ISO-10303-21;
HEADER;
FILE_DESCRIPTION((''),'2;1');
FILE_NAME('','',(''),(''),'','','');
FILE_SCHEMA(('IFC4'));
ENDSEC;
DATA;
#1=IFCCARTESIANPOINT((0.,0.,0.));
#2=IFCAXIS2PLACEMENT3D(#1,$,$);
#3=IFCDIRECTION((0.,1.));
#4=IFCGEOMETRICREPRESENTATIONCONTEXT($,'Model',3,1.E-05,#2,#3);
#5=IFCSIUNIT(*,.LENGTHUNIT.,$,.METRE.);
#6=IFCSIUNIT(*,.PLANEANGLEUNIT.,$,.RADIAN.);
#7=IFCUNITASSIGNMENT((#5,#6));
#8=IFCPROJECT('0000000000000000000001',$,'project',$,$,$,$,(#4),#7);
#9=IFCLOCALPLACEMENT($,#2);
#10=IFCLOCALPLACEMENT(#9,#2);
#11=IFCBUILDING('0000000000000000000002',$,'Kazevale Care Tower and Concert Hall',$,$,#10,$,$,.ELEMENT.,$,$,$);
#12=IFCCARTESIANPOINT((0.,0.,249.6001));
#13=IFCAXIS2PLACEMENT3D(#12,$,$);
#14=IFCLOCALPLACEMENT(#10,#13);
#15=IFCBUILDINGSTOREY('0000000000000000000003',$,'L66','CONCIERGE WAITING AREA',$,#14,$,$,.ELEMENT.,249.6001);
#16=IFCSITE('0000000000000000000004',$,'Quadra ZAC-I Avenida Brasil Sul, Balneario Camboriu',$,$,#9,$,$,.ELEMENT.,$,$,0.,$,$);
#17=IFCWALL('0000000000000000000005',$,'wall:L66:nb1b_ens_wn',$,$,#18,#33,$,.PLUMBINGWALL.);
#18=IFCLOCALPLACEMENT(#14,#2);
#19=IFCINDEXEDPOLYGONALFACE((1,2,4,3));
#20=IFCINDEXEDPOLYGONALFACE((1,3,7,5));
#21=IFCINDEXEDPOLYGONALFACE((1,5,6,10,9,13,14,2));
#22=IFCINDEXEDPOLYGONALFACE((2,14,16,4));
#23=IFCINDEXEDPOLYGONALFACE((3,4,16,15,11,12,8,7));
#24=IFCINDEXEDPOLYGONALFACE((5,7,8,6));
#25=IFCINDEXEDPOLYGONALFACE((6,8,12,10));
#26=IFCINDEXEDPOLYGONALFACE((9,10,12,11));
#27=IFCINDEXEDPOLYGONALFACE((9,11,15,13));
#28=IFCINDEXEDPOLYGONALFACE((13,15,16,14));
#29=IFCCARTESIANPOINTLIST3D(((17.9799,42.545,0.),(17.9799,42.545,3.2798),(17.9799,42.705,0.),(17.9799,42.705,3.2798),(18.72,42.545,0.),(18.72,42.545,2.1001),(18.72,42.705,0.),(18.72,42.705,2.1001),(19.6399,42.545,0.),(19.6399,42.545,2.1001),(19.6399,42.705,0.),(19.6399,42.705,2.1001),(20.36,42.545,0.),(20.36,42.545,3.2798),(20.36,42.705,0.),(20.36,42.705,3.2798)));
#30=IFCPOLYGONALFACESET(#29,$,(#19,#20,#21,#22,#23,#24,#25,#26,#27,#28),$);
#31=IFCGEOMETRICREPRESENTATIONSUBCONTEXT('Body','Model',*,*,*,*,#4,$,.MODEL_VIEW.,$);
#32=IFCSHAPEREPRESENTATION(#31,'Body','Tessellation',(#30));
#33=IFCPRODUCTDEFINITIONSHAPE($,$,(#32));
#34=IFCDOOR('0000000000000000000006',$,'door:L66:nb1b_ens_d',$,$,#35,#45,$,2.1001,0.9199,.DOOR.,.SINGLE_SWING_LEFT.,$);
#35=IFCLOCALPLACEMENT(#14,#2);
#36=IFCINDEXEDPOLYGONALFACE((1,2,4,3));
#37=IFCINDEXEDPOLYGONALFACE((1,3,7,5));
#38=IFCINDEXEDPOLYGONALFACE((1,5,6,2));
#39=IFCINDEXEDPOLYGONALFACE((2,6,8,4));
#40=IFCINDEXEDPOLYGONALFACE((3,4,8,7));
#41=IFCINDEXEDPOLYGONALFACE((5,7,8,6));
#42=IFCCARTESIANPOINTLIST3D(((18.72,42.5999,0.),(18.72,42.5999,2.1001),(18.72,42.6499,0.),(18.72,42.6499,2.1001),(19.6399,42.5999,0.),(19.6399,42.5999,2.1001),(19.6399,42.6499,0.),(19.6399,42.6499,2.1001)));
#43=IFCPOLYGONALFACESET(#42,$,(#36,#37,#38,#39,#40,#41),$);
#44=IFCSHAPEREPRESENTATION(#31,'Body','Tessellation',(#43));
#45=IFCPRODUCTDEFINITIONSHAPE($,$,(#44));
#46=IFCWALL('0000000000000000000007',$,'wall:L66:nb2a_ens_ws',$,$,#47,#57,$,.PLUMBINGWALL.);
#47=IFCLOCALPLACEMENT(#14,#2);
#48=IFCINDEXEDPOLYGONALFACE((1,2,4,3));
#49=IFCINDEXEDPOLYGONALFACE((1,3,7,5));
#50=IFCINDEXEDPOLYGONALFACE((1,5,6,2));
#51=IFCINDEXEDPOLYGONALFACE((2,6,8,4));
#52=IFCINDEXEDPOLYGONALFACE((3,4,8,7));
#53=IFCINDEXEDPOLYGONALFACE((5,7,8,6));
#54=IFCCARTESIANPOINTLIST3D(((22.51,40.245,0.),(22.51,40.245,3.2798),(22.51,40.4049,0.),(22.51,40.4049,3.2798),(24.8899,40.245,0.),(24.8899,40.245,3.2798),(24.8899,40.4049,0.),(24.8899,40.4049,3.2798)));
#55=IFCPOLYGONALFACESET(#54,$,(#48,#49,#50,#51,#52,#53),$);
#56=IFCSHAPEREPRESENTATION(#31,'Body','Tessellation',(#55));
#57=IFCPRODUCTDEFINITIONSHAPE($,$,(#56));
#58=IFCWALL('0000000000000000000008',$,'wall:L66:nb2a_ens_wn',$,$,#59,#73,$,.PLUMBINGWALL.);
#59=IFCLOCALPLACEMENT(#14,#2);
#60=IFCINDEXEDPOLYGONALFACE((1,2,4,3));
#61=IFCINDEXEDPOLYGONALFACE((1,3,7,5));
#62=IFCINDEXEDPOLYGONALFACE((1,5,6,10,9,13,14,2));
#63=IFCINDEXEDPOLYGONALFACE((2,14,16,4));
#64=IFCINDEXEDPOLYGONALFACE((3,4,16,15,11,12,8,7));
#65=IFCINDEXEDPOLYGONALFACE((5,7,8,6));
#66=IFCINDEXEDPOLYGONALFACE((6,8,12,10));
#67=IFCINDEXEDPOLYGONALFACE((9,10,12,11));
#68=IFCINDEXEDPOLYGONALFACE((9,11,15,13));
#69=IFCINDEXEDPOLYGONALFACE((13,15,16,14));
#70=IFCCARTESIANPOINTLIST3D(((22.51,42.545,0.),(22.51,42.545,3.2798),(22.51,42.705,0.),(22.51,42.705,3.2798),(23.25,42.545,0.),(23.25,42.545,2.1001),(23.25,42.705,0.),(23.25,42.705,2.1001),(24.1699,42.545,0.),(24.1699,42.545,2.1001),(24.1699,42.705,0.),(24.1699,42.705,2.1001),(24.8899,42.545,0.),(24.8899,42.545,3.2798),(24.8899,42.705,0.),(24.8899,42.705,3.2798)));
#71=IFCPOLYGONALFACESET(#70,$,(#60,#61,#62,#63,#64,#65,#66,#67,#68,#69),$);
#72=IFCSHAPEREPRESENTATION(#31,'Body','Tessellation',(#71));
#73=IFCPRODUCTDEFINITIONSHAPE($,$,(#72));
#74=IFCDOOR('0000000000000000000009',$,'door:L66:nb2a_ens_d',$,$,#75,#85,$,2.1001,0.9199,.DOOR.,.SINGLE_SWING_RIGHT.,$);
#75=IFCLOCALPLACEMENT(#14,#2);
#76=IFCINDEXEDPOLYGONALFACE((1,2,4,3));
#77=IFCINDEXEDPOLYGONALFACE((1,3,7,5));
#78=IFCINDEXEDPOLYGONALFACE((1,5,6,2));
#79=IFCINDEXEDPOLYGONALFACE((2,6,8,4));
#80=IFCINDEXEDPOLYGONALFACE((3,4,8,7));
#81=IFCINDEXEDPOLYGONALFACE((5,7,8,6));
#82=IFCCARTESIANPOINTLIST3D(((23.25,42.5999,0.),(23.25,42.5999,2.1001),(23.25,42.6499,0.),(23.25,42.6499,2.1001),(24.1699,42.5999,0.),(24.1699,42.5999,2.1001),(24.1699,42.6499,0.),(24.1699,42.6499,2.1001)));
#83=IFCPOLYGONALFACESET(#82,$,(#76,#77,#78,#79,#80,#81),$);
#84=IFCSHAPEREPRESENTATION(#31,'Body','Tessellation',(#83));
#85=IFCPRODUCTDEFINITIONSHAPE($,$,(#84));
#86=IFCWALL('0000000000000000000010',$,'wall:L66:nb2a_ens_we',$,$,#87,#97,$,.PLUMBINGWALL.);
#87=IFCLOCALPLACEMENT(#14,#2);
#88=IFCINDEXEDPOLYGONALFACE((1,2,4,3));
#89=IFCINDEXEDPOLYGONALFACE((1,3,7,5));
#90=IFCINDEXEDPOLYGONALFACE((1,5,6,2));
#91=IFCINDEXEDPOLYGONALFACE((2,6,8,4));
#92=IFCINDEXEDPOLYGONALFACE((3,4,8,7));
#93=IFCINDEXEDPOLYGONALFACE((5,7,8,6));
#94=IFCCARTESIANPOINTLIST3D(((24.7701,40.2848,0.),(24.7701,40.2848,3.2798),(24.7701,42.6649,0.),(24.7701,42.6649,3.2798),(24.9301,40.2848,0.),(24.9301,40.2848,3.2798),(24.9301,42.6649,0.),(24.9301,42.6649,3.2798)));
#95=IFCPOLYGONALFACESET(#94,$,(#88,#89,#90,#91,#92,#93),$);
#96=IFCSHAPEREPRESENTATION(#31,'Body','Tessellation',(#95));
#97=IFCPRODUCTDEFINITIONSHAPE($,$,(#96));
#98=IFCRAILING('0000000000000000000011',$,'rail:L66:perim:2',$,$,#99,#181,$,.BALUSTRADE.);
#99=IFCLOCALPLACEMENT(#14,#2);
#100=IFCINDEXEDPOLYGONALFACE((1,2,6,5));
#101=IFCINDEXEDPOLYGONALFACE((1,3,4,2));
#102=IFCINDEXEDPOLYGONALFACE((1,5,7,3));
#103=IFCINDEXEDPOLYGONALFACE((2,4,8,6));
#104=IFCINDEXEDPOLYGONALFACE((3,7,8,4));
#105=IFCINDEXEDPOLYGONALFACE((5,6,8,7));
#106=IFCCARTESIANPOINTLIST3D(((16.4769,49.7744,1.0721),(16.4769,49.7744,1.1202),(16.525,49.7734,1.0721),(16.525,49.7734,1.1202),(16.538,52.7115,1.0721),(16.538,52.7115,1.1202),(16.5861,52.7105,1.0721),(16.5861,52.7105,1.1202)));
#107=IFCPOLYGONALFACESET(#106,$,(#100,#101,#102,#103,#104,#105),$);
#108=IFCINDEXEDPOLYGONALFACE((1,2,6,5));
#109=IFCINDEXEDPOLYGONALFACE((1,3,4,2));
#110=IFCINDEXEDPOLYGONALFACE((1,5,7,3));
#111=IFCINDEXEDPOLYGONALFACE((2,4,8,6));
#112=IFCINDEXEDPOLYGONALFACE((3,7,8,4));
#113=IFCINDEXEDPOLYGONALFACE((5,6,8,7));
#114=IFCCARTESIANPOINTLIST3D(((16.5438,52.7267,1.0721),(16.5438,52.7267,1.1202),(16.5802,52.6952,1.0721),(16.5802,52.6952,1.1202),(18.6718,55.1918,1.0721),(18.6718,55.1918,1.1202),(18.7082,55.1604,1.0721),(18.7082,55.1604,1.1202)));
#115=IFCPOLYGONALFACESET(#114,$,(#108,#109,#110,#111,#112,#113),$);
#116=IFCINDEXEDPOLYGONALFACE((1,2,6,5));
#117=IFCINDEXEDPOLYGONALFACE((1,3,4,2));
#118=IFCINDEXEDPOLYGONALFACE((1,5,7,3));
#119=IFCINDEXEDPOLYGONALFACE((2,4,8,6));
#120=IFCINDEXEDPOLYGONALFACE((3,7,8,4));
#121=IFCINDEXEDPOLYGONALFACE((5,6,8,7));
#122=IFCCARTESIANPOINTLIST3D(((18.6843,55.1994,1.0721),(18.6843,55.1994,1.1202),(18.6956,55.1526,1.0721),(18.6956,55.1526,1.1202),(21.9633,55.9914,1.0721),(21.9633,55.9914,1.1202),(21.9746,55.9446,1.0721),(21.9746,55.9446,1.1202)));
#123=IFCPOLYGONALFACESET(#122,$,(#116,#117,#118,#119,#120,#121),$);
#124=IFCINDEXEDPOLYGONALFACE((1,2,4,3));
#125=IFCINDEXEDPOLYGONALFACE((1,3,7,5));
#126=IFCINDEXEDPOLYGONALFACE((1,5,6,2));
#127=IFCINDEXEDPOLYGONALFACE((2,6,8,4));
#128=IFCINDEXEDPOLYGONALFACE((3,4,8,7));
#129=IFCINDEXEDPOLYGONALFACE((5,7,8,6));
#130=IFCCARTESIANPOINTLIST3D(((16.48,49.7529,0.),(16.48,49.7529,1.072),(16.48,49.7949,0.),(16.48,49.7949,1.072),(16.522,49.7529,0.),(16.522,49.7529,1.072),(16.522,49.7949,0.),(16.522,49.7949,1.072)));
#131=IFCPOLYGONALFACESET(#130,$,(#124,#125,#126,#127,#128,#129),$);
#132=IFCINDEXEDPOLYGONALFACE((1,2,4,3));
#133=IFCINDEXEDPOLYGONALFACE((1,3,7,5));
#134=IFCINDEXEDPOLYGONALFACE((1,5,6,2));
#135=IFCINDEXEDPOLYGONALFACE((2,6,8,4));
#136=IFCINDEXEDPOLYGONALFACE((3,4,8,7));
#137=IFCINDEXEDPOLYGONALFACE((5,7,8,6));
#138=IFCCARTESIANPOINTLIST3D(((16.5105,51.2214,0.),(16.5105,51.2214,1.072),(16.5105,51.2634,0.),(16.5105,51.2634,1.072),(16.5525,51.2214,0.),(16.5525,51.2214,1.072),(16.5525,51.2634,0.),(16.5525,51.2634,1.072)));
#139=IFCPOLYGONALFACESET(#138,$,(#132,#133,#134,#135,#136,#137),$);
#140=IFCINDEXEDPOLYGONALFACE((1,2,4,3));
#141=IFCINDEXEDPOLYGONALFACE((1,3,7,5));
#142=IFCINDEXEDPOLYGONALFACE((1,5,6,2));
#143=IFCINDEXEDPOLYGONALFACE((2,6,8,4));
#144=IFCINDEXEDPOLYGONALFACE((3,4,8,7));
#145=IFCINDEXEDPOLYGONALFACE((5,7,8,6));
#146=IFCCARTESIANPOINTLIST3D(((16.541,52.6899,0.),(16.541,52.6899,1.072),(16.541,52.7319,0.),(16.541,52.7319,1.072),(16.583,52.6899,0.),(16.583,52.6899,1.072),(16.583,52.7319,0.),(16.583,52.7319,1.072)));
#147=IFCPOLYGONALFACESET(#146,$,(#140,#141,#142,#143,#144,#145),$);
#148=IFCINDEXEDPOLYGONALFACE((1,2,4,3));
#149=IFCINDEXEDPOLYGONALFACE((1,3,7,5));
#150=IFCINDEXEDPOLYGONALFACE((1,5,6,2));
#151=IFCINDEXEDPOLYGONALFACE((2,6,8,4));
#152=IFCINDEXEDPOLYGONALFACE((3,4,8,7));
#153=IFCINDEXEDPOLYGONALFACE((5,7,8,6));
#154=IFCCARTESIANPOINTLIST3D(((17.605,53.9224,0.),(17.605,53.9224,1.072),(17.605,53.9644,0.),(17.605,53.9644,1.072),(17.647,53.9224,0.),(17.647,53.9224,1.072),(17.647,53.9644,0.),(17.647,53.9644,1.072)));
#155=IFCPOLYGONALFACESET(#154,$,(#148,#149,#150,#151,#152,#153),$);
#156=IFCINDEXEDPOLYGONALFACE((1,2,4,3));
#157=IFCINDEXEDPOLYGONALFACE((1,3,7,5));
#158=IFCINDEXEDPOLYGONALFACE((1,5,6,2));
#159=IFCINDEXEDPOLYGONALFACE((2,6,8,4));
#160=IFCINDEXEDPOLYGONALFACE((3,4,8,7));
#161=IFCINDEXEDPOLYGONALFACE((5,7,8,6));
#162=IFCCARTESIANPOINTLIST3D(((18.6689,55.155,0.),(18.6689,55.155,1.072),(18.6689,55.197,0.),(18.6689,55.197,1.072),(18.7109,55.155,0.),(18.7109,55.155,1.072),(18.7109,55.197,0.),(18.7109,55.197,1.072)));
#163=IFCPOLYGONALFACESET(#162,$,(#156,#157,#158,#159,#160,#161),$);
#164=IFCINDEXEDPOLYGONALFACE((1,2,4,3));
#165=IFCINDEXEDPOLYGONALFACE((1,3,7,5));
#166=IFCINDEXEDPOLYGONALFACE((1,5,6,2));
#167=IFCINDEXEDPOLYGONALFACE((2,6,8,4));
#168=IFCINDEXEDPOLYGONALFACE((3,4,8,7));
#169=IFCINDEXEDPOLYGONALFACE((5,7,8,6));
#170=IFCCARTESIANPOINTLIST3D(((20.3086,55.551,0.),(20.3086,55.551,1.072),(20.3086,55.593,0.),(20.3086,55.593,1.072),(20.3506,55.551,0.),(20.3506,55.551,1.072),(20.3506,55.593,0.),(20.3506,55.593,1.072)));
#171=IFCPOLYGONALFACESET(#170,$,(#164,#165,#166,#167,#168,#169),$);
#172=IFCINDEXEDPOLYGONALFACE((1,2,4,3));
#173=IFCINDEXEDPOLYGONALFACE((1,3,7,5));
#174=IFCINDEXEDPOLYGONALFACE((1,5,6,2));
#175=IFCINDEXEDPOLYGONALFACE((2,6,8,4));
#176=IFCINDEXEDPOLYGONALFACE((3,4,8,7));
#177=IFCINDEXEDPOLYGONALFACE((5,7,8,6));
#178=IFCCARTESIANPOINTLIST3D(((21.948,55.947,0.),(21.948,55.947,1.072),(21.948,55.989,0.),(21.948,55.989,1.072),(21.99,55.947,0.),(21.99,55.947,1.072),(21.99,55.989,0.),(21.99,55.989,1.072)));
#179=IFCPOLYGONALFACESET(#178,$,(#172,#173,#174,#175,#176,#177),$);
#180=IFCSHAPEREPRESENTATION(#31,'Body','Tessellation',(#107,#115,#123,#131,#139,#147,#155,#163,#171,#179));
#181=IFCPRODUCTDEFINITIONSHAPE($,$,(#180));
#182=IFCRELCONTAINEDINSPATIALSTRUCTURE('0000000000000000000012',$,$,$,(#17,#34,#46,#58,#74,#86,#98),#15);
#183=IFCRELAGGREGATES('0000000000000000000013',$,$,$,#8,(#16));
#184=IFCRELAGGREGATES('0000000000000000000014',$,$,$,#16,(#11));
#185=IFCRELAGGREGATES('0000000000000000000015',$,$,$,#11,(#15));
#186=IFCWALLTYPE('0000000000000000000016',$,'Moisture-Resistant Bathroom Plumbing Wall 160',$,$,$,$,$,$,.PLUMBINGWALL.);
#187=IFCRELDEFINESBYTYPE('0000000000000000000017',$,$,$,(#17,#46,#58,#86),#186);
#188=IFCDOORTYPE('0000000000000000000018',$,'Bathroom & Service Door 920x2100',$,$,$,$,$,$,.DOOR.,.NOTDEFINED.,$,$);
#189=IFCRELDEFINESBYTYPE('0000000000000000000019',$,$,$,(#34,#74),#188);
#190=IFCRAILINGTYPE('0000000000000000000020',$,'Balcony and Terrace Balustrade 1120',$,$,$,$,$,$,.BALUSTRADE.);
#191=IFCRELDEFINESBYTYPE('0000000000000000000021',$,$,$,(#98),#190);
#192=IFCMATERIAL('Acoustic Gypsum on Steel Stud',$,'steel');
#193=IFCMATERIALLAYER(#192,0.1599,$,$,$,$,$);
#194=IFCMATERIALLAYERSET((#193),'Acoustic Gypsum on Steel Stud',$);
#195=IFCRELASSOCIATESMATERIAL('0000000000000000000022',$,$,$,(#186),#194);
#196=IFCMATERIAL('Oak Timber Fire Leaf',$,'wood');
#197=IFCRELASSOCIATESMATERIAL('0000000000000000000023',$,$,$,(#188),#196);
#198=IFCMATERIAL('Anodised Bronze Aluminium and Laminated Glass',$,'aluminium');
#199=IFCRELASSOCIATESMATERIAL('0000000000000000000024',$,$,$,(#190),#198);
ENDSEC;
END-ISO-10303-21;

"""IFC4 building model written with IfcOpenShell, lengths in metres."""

from ifc_helpers import new_model, si_unit, direction, frame, frame_2d, origin, origin_2d, place, context, subcontext, project, spatial, rectangle, extrude, material, layer, layer_set, type_object, element, fill, save


model = new_model("IFC4")

# Units and contexts
model_context = context("Model", 3, precision=1e-05, world=origin(), true_north=direction((0.0, 1.0)))
body_context = subcontext(model_context, "Body", "Model", "MODEL_VIEW")
ifc_project = project(units=[si_unit("LENGTHUNIT", "METRE"), si_unit("PLANEANGLEUNIT", "RADIAN")], contexts=[model_context])

# Site, building, storey
site_placement = place(None, origin())
site = spatial("IfcSite", under=ifc_project, at=site_placement, Name="Quadra ZAC-I Avenida Brasil Sul, Balneario Camboriu", CompositionType="ELEMENT", RefElevation=0.0)
building_placement = place(site_placement, origin())
building = spatial("IfcBuilding", under=site, at=building_placement, Name="Kazevale Care Tower and Concert Hall", CompositionType="ELEMENT")
storey_placement = place(building_placement, frame((0.0, 0.0, 249.6001)))
storey = spatial("IfcBuildingStorey", under=building, at=storey_placement, Name="L66", Description="CONCIERGE WAITING AREA", CompositionType="ELEMENT", Elevation=249.6001)

# Shared definitions
ifc_material_1 = material(Name="Acoustic Gypsum on Steel Stud", Category="steel")
ifc_layer_1 = layer(ifc_material_1, 0.1599)
ifc_layer_set_1 = layer_set([ifc_layer_1], Name="Acoustic Gypsum on Steel Stud")
wall_type_1 = type_object("IfcWallType", Name="Moisture-Resistant Bathroom Plumbing Wall 160", PredefinedType="PLUMBINGWALL", material=ifc_layer_set_1)

# Wall, opening, door
wall_1_placement = place(storey_placement, frame((17.98, 42.625, 0.0), z_axis=(0.0, 0.0, 1.0), x_axis=(1.0, 0.0, 0.0)))
wall_1 = element("IfcWall", 1, at=wall_1_placement, inside=storey, type_object=wall_type_1, Name="wall:L66:nb1b_ens_wn", PredefinedType="PLUMBINGWALL", context=body_context, shape_type="SweptSolid", body=[
    extrude(rectangle(XDim=2.3801, YDim=0.1599, at=frame_2d((1.1899, 0.0))), origin(), (0.0, 0.0, 1.0), 3.2798),
])
opening_1_placement = place(wall_1_placement, frame((0.74, 0.0, 0.0)))
opening_1 = element("IfcOpeningElement", 2, at=opening_1_placement, cuts=wall_1, PredefinedType="OPENING", context=body_context, shape_type="SweptSolid", body=[
    extrude(rectangle(XDim=0.9199, YDim=2.1001, at=frame_2d((0.46, 1.05))), frame((0.0, 0.0898, 0.0), z_axis=(0.0, -1.0, 0.0), x_axis=(1.0, 0.0, 0.0)), (0.0, 0.0, 1.0), 0.1799),
])
ifc_material_2 = material(Name="Oak Timber Fire Leaf", Category="wood")
door_type = type_object("IfcDoorType", Name="Bathroom & Service Door 920x2100", OperationType="NOTDEFINED", PredefinedType="DOOR", material=ifc_material_2)
door_1_placement = place(opening_1_placement, origin())
door_1 = element("IfcDoor", 3, at=door_1_placement, inside=storey, type_object=door_type, Name="door:L66:nb1b_ens_d", OperationType="SINGLE_SWING_LEFT", OverallHeight=2.1001, OverallWidth=0.9199, PredefinedType="DOOR", context=body_context, shape_type="SweptSolid", body=[
    extrude(rectangle(XDim=0.9199, YDim=2.1001, at=frame_2d((0.46, 1.05))), frame((0.0, 0.0249, 0.0), z_axis=(0.0, -1.0, 0.0), x_axis=(1.0, 0.0, 0.0)), (0.0, 0.0, 1.0), 0.05),
])
fill(opening_1, door_1)

# Wall
wall_2_placement = place(storey_placement, frame((22.51, 40.325, 0.0), z_axis=(0.0, 0.0, 1.0), x_axis=(1.0, 0.0, 0.0)))
element("IfcWall", 4, at=wall_2_placement, inside=storey, type_object=wall_type_1, Name="wall:L66:nb2a_ens_ws", PredefinedType="PLUMBINGWALL", context=body_context, shape_type="SweptSolid", body=[
    extrude(rectangle(XDim=2.3799, YDim=0.1599, at=frame_2d((1.1899, 0.0))), origin(), (0.0, 0.0, 1.0), 3.2798),
])

# Wall, opening, door
wall_3_placement = place(storey_placement, frame((22.51, 42.625, 0.0), z_axis=(0.0, 0.0, 1.0), x_axis=(1.0, 0.0, 0.0)))
wall_3 = element("IfcWall", 5, at=wall_3_placement, inside=storey, type_object=wall_type_1, Name="wall:L66:nb2a_ens_wn", PredefinedType="PLUMBINGWALL", context=body_context, shape_type="SweptSolid", body=[
    extrude(rectangle(XDim=2.3799, YDim=0.1599, at=frame_2d((1.1899, 0.0))), origin(), (0.0, 0.0, 1.0), 3.2798),
])
opening_2_placement = place(wall_3_placement, frame((0.74, 0.0, 0.0)))
opening_2 = element("IfcOpeningElement", 6, at=opening_2_placement, cuts=wall_3, PredefinedType="OPENING", context=body_context, shape_type="SweptSolid", body=[
    extrude(rectangle(XDim=0.9199, YDim=2.1001, at=frame_2d((0.46, 1.05))), frame((0.0, 0.0898, 0.0), z_axis=(0.0, -1.0, 0.0), x_axis=(1.0, 0.0, 0.0)), (0.0, 0.0, 1.0), 0.1799),
])
door_2_placement = place(opening_2_placement, origin())
door_2 = element("IfcDoor", 7, at=door_2_placement, inside=storey, type_object=door_type, Name="door:L66:nb2a_ens_d", OperationType="SINGLE_SWING_RIGHT", OverallHeight=2.1001, OverallWidth=0.9199, PredefinedType="DOOR", context=body_context, shape_type="SweptSolid", body=[
    extrude(rectangle(XDim=0.9199, YDim=2.1001, at=frame_2d((0.46, 1.05))), frame((0.0, 0.0249, 0.0), z_axis=(0.0, -1.0, 0.0), x_axis=(1.0, 0.0, 0.0)), (0.0, 0.0, 1.0), 0.05),
])
fill(opening_2, door_2)

# Wall
wall_4_placement = place(storey_placement, frame((24.8501, 40.2849, 0.0), z_axis=(0.0, 0.0, 1.0), x_axis=(0.0, 1.0, 0.0)))
element("IfcWall", 8, at=wall_4_placement, inside=storey, type_object=wall_type_1, Name="wall:L66:nb2a_ens_we", PredefinedType="PLUMBINGWALL", context=body_context, shape_type="SweptSolid", body=[
    extrude(rectangle(XDim=2.3801, YDim=0.1599, at=frame_2d((1.1899, 0.0))), origin(), (0.0, 0.0, 1.0), 3.2798),
])

# Railing
ifc_material_3 = material(Name="Anodised Bronze Aluminium and Laminated Glass", Category="aluminium")
railing_type = type_object("IfcRailingType", Name="Balcony and Terrace Balustrade 1120", PredefinedType="BALUSTRADE", material=ifc_material_3)
railing_1_placement = place(storey_placement, frame((16.501, 49.7739, 0.0)))
element("IfcRailing", 9, at=railing_1_placement, inside=storey, type_object=railing_type, Name="rail:L66:perim:2", PredefinedType="BALUSTRADE", context=body_context, shape_type="SweptSolid", body=[
    extrude(rectangle(XDim=0.0481, YDim=0.0481, at=origin_2d()), frame((0.0, 0.0, 1.0962), z_axis=(0.020777, 0.999784, 0.0), x_axis=(-0.999784, 0.020777, 0.0)), (0.0, 0.0, 1.0), 2.9377),
    extrude(rectangle(XDim=0.0481, YDim=0.0481, at=origin_2d()), frame((0.061, 2.937, 1.0962), z_axis=(0.653442, 0.756976, 0.0), x_axis=(-0.756976, 0.653442, 0.0)), (0.0, 0.0, 1.0), 3.2566),
    extrude(rectangle(XDim=0.0481, YDim=0.0481, at=origin_2d()), frame((2.189, 5.4021, 1.0962), z_axis=(0.972049, 0.23478, 0.0), x_axis=(-0.23478, 0.972049, 0.0)), (0.0, 0.0, 1.0), 3.3733),
    extrude(rectangle(XDim=0.042, YDim=0.042, at=origin_2d()), origin(), (0.0, 0.0, 1.0), 1.072),
    extrude(rectangle(XDim=0.042, YDim=0.042, at=origin_2d()), frame((0.0305, 1.4685, 0.0)), (0.0, 0.0, 1.0), 1.072),
    extrude(rectangle(XDim=0.042, YDim=0.042, at=origin_2d()), frame((0.061, 2.937, 0.0)), (0.0, 0.0, 1.0), 1.072),
    extrude(rectangle(XDim=0.042, YDim=0.042, at=origin_2d()), frame((1.125, 4.1694, 0.0)), (0.0, 0.0, 1.0), 1.072),
    extrude(rectangle(XDim=0.042, YDim=0.042, at=origin_2d()), frame((2.189, 5.4021, 0.0)), (0.0, 0.0, 1.0), 1.072),
    extrude(rectangle(XDim=0.042, YDim=0.042, at=origin_2d()), frame((3.8286, 5.7981, 0.0)), (0.0, 0.0, 1.0), 1.072),
    extrude(rectangle(XDim=0.042, YDim=0.042, at=origin_2d()), frame((5.468, 6.1941, 0.0)), (0.0, 0.0, 1.0), 1.072),
])

save(model, "model.ifc")
